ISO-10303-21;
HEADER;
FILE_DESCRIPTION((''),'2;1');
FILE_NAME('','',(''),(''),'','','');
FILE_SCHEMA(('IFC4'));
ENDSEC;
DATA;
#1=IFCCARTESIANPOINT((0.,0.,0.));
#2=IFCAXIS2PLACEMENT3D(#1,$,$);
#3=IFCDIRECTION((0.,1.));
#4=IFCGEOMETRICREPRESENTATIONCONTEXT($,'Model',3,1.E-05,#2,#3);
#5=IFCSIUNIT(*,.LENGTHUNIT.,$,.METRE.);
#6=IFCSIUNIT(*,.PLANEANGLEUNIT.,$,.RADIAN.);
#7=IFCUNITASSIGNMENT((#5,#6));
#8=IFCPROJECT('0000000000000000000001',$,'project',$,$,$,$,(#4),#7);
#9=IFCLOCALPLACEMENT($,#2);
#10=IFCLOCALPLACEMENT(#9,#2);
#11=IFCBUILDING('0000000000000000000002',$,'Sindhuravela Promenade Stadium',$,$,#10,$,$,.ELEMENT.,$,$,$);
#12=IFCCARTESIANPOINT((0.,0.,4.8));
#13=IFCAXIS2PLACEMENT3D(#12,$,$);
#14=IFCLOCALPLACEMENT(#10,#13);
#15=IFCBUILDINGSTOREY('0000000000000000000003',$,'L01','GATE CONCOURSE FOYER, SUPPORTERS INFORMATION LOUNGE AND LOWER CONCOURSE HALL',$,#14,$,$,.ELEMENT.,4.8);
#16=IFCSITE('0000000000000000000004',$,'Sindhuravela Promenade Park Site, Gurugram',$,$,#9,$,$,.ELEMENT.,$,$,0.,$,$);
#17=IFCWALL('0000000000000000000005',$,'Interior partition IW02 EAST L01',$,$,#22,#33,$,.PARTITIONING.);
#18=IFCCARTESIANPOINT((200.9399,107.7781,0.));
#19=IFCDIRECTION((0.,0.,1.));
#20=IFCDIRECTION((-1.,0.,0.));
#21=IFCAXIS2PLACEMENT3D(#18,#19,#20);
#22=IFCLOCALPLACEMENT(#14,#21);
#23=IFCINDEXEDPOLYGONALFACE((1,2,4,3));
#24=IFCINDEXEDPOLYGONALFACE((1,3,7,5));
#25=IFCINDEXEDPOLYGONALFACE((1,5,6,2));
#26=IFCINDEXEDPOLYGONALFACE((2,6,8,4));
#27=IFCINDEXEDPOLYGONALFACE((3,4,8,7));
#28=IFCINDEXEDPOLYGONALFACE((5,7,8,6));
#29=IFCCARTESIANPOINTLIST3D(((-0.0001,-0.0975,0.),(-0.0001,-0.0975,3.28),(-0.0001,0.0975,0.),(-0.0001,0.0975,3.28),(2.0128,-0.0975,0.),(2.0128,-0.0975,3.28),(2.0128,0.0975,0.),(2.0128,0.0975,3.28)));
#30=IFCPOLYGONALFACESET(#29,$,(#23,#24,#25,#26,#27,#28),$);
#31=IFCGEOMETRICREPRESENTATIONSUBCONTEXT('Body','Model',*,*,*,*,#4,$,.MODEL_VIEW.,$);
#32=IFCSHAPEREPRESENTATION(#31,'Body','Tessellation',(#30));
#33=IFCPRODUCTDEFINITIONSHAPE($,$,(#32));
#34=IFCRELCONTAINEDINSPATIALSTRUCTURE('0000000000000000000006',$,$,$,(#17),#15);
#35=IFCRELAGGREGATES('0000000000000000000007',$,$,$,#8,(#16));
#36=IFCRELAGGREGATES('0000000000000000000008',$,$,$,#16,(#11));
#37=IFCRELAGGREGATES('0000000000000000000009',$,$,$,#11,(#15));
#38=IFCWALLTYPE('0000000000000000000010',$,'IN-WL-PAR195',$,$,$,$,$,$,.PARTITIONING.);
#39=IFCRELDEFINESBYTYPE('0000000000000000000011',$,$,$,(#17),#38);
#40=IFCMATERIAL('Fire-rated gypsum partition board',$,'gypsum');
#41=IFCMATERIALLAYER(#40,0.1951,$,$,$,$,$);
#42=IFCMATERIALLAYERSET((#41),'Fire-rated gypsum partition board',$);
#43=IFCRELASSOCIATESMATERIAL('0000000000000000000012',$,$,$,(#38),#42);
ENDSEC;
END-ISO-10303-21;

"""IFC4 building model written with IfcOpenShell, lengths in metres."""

from ifc_helpers import new_model, si_unit, direction, frame, frame_2d, origin, place, context, subcontext, project, spatial, rectangle, extrude, material, layer, layer_set, type_object, element, save


model = new_model("IFC4")

# Units and contexts
model_context = context("Model", 3, precision=1e-05, world=origin(), true_north=direction((0.0, 1.0)))
body_context = subcontext(model_context, "Body", "Model", "MODEL_VIEW")
ifc_project = project(units=[si_unit("LENGTHUNIT", "METRE"), si_unit("PLANEANGLEUNIT", "RADIAN")], contexts=[model_context])

# Site, building, storey
site_placement = place(None, origin())
site = spatial("IfcSite", under=ifc_project, at=site_placement, Name="Sindhuravela Promenade Park Site, Gurugram", CompositionType="ELEMENT", RefElevation=0.0)
building_placement = place(site_placement, origin())
building = spatial("IfcBuilding", under=site, at=building_placement, Name="Sindhuravela Promenade Stadium", CompositionType="ELEMENT")
storey_placement = place(building_placement, frame((0.0, 0.0, 4.8)))
storey = spatial("IfcBuildingStorey", under=building, at=storey_placement, Name="L01", Description="GATE CONCOURSE FOYER, SUPPORTERS INFORMATION LOUNGE AND LOWER CONCOURSE HALL", CompositionType="ELEMENT", Elevation=4.8)

# Wall
ifc_material_1 = material(Name="Fire-rated gypsum partition board", Category="gypsum")
ifc_layer_1 = layer(ifc_material_1, 0.1951)
ifc_layer_set_1 = layer_set([ifc_layer_1], Name="Fire-rated gypsum partition board")
wall_type_1 = type_object("IfcWallType", Name="IN-WL-PAR195", PredefinedType="PARTITIONING", material=ifc_layer_set_1)
wall_1_placement = place(storey_placement, frame((200.9399, 107.7781, 0.0), z_axis=(0.0, 0.0, 1.0), x_axis=(-1.0, 0.0, 0.0)))
element("IfcWall", 1, at=wall_1_placement, inside=storey, type_object=wall_type_1, Name="Interior partition IW02 EAST L01", PredefinedType="PARTITIONING", context=body_context, shape_type="SweptSolid", body=[
    extrude(rectangle(XDim=2.0129, YDim=0.1951, at=frame_2d((1.0063, 0.0))), origin(), (0.0, 0.0, 1.0), 3.28),
])

save(model, "model.ifc")
